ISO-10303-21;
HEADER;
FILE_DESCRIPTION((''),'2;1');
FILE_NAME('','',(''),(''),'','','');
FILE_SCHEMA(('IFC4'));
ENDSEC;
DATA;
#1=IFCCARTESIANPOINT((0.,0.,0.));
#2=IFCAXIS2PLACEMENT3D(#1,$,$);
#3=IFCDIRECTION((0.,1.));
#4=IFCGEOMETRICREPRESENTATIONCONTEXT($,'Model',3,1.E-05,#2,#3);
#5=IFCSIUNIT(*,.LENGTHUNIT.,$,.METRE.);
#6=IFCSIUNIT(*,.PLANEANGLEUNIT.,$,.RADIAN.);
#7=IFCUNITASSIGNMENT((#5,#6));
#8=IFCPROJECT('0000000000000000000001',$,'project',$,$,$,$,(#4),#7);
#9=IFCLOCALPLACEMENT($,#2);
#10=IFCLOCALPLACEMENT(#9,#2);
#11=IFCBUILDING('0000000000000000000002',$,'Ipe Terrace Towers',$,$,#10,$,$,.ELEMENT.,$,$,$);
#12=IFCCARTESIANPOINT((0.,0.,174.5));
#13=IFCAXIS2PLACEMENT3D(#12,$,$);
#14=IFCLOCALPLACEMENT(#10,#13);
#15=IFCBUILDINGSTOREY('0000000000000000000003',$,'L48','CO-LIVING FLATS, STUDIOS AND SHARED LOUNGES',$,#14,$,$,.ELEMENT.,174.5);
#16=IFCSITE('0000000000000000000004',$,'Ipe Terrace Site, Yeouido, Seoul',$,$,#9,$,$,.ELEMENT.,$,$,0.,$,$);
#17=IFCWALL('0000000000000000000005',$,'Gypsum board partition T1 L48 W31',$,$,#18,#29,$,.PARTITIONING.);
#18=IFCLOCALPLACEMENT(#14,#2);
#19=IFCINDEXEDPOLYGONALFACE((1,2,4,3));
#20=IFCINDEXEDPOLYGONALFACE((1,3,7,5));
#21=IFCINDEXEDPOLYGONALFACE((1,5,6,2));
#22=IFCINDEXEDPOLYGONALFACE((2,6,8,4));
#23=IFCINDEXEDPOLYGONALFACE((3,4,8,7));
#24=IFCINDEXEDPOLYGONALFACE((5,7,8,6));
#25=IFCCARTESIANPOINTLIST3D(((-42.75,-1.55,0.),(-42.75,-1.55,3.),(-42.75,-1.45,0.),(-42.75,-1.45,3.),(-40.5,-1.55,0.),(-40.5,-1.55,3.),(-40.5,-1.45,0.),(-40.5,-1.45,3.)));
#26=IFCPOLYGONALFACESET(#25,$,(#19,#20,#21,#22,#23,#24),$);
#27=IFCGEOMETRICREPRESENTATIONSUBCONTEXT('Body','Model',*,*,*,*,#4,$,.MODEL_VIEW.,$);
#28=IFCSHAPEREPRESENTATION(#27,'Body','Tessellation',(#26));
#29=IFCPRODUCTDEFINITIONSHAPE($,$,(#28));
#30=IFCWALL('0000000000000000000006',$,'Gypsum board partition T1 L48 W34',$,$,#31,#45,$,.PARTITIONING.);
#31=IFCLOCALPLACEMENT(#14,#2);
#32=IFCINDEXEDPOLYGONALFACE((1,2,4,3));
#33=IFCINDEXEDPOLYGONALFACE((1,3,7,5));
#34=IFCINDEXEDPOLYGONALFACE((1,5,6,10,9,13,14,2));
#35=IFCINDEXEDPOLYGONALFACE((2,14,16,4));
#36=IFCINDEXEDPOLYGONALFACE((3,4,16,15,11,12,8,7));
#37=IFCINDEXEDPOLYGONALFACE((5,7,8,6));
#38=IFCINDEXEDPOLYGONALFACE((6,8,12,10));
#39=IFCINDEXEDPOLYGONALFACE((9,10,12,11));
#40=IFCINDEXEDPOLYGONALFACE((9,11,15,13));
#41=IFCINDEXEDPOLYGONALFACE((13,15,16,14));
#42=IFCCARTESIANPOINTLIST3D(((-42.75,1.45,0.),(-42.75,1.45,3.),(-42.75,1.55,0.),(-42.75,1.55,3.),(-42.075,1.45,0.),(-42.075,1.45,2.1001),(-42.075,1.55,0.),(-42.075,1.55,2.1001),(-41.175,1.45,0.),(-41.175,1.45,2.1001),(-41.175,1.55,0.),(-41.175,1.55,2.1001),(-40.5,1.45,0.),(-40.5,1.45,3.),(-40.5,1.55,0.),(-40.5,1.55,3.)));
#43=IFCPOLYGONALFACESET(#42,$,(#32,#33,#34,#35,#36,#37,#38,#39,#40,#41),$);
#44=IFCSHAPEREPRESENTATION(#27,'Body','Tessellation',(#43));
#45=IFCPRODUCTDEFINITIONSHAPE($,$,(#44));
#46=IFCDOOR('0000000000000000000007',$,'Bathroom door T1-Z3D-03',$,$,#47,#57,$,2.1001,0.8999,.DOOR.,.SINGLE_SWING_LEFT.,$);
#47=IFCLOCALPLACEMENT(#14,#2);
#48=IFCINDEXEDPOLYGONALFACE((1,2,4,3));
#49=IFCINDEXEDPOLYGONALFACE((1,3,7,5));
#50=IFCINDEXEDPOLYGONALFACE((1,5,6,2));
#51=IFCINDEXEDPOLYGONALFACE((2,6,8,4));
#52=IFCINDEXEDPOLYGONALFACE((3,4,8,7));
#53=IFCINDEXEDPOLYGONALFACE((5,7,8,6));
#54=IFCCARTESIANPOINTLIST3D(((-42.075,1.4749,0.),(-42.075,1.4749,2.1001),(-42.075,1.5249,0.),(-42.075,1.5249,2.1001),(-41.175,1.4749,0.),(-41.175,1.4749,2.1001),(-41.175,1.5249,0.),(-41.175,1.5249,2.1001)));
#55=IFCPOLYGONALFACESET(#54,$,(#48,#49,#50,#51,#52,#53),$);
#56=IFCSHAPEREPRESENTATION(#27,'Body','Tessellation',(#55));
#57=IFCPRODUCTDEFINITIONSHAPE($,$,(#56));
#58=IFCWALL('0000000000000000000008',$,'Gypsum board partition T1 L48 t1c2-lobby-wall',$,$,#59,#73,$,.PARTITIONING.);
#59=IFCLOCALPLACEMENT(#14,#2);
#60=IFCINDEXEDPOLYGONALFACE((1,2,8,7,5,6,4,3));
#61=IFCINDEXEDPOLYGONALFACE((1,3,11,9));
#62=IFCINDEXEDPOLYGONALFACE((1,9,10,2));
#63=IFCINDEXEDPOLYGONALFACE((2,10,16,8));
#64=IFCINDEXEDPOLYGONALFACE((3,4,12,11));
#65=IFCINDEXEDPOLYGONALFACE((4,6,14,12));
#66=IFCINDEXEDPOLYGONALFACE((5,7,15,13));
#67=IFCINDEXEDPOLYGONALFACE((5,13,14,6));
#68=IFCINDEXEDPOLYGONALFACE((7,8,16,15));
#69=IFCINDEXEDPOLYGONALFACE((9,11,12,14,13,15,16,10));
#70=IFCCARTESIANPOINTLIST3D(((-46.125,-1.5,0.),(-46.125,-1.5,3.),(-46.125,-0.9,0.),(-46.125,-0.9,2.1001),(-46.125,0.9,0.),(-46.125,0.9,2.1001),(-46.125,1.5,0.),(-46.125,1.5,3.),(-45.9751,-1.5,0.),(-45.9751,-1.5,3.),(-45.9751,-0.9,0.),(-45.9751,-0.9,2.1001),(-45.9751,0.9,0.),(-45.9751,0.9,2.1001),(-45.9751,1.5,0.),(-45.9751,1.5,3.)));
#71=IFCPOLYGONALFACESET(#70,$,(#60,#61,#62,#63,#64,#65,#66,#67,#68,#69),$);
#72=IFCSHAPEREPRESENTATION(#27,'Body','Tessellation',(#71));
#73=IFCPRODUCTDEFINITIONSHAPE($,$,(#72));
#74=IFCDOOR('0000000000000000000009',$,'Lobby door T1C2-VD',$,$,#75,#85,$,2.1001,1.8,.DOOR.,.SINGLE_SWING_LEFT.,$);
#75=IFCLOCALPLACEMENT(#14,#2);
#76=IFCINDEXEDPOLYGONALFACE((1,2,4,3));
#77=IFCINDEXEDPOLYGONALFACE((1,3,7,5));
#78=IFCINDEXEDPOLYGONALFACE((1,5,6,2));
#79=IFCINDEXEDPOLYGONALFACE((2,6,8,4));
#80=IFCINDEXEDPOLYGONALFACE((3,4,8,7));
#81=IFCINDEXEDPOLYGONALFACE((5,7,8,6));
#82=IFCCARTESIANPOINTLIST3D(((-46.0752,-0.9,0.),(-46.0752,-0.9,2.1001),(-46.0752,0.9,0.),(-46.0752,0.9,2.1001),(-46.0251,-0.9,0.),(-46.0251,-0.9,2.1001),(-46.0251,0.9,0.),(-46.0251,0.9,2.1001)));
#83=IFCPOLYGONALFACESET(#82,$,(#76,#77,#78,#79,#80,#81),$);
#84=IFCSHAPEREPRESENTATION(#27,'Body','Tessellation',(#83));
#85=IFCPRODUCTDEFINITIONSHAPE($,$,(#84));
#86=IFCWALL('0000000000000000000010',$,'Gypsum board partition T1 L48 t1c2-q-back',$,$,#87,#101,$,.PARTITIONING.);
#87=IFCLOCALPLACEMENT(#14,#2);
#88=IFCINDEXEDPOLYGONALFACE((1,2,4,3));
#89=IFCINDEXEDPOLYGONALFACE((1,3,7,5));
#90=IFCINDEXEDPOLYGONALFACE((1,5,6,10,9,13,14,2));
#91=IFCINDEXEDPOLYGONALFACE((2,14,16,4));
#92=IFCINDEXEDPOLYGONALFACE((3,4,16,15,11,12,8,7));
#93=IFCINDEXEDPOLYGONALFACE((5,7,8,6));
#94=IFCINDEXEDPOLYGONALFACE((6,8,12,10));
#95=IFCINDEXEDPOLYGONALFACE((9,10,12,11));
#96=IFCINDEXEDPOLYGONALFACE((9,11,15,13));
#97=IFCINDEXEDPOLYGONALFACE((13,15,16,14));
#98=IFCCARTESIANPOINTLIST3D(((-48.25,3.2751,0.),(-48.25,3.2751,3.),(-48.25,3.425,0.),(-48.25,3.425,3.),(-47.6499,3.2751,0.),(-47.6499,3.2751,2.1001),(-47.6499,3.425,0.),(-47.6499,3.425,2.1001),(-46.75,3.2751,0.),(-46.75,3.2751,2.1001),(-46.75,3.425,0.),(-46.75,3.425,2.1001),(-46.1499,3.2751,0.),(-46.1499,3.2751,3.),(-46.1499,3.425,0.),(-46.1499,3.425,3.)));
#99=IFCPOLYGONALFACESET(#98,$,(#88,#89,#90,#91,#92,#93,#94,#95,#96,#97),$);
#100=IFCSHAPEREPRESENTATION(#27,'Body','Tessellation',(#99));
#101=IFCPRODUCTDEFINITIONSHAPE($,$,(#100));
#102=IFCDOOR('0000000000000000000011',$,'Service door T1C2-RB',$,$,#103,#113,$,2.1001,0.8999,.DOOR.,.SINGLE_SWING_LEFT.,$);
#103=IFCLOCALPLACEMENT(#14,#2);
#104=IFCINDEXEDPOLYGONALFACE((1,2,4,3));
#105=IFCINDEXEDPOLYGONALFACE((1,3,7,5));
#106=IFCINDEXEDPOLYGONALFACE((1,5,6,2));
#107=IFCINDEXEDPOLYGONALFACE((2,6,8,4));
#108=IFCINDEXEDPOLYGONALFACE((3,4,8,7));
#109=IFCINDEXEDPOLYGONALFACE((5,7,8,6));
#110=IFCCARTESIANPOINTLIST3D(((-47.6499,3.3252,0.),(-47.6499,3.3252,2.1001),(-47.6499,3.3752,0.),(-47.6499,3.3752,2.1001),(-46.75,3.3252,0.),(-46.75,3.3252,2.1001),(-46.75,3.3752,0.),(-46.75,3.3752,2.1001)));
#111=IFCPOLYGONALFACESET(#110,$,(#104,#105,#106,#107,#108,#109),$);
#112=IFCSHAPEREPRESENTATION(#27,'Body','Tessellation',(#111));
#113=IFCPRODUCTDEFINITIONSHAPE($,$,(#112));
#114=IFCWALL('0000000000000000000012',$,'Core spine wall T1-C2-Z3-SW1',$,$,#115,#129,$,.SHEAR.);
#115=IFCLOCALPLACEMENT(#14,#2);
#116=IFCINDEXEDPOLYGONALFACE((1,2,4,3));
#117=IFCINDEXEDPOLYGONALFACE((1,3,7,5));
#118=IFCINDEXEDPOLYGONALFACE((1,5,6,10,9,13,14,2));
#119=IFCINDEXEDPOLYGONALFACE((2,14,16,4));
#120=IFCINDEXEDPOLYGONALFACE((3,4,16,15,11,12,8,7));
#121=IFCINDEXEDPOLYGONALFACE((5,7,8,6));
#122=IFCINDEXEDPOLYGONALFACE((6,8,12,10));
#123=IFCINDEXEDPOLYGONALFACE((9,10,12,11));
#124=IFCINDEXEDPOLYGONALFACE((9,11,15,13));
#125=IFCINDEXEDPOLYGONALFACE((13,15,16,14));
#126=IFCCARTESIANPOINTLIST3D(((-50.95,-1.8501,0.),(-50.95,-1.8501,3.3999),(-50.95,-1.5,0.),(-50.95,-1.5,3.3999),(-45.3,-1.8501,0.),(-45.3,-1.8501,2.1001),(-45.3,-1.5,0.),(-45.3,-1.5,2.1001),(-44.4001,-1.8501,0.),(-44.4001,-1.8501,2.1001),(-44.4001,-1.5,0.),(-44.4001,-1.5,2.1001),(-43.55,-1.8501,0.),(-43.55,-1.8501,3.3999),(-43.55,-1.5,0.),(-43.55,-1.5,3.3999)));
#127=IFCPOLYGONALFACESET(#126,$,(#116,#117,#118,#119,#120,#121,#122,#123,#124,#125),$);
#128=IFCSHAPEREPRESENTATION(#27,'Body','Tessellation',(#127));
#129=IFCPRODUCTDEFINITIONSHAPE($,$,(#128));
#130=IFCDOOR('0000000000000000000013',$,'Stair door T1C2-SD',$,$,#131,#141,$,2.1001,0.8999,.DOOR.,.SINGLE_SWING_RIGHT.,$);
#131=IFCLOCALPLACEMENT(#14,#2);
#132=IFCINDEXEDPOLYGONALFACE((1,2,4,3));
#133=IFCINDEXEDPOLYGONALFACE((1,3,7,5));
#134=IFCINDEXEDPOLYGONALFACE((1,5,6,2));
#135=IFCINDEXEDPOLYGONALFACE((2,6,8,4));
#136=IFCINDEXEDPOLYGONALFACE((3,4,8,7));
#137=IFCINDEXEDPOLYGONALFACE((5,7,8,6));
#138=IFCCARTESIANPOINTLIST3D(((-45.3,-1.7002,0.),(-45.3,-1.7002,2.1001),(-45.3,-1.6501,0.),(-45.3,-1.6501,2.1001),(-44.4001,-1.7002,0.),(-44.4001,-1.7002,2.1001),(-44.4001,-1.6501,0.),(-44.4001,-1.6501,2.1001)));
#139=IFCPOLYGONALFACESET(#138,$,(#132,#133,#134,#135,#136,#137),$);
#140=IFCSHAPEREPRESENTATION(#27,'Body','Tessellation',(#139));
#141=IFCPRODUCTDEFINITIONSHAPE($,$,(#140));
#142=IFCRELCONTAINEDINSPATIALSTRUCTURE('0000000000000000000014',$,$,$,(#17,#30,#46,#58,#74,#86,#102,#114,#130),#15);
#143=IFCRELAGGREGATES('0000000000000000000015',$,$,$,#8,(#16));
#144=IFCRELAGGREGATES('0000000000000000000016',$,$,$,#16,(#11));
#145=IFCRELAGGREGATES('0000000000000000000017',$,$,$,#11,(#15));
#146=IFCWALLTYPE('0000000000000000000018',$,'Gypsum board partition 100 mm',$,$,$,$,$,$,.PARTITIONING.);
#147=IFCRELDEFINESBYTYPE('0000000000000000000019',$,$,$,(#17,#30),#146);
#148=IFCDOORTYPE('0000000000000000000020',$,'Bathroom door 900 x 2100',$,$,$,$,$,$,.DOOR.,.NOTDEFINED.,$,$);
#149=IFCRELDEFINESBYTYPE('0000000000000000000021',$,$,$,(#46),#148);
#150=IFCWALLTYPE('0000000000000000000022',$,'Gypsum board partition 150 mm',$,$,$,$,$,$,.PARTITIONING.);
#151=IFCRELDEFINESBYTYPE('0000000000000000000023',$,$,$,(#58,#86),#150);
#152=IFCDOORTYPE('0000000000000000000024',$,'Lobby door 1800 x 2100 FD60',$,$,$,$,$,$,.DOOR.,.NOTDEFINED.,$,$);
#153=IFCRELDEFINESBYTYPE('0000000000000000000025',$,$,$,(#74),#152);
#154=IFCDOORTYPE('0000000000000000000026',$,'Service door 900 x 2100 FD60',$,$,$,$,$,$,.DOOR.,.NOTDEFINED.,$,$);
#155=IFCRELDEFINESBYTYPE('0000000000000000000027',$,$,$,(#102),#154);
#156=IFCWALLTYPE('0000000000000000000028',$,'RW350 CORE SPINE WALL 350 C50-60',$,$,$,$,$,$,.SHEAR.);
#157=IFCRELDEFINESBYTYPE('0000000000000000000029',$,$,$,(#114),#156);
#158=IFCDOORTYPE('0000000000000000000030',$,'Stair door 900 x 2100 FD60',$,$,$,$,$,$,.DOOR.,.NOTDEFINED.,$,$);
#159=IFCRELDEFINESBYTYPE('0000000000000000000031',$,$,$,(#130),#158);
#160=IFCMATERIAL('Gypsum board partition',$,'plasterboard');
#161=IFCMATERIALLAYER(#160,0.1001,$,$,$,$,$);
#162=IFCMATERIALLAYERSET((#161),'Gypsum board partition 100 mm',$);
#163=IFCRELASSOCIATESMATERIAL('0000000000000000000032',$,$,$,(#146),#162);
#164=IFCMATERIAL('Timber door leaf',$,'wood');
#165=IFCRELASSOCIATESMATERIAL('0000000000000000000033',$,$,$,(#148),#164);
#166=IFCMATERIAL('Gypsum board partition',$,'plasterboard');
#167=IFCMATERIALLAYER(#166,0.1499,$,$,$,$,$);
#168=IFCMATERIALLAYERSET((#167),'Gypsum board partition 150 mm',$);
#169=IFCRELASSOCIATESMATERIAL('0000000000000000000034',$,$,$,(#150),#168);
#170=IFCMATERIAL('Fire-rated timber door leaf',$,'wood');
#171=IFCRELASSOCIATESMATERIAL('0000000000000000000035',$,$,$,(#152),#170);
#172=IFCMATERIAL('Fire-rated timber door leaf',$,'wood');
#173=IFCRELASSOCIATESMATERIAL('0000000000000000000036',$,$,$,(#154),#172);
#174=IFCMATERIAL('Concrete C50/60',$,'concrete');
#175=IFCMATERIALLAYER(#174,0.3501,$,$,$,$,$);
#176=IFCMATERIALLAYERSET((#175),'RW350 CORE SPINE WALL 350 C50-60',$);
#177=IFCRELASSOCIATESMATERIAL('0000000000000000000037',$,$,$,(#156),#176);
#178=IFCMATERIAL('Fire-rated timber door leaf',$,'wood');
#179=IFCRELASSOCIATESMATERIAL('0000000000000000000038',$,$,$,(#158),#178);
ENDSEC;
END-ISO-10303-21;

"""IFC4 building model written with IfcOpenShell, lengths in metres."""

from ifc_helpers import new_model, si_unit, direction, frame, frame_2d, origin, place, context, subcontext, project, spatial, rectangle, extrude, material, layer, layer_set, type_object, element, fill, save


model = new_model("IFC4")

# Units and contexts
model_context = context("Model", 3, precision=1e-05, world=origin(), true_north=direction((0.0, 1.0)))
body_context = subcontext(model_context, "Body", "Model", "MODEL_VIEW")
ifc_project = project(units=[si_unit("LENGTHUNIT", "METRE"), si_unit("PLANEANGLEUNIT", "RADIAN")], contexts=[model_context])

# Site, building, storey
site_placement = place(None, origin())
site = spatial("IfcSite", under=ifc_project, at=site_placement, Name="Ipe Terrace Site, Yeouido, Seoul", CompositionType="ELEMENT", RefElevation=0.0)
building_placement = place(site_placement, origin())
building = spatial("IfcBuilding", under=site, at=building_placement, Name="Ipe Terrace Towers", CompositionType="ELEMENT")
storey_placement = place(building_placement, frame((0.0, 0.0, 174.5)))
storey = spatial("IfcBuildingStorey", under=building, at=storey_placement, Name="L48", Description="CO-LIVING FLATS, STUDIOS AND SHARED LOUNGES", CompositionType="ELEMENT", Elevation=174.5)

# Wall
ifc_material_1 = material(Name="Gypsum board partition", Category="plasterboard")
ifc_layer_1 = layer(ifc_material_1, 0.1001)
ifc_layer_set_1 = layer_set([ifc_layer_1], Name="Gypsum board partition 100 mm")
wall_type_1 = type_object("IfcWallType", Name="Gypsum board partition 100 mm", PredefinedType="PARTITIONING", material=ifc_layer_set_1)
wall_1_placement = place(storey_placement, frame((-42.75, -1.5, 0.0), z_axis=(0.0, 0.0, 1.0), x_axis=(1.0, 0.0, 0.0)))
element("IfcWall", 1, at=wall_1_placement, inside=storey, type_object=wall_type_1, Name="Gypsum board partition T1 L48 W31", PredefinedType="PARTITIONING", context=body_context, shape_type="SweptSolid", body=[
    extrude(rectangle(XDim=2.25, YDim=0.1001, at=frame_2d((1.125, 0.0))), origin(), (0.0, 0.0, 1.0), 3.0),
])

# Walls, openings, doors
wall_2_placement = place(storey_placement, frame((-42.75, 1.5, 0.0), z_axis=(0.0, 0.0, 1.0), x_axis=(1.0, 0.0, 0.0)))
wall_2 = element("IfcWall", 2, at=wall_2_placement, inside=storey, type_object=wall_type_1, Name="Gypsum board partition T1 L48 W34", PredefinedType="PARTITIONING", context=body_context, shape_type="SweptSolid", body=[
    extrude(rectangle(XDim=2.25, YDim=0.1001, at=frame_2d((1.125, 0.0))), origin(), (0.0, 0.0, 1.0), 3.0),
])
opening_1_placement = place(wall_2_placement, frame((0.675, 0.0, 0.0)))
opening_1 = element("IfcOpeningElement", 3, at=opening_1_placement, cuts=wall_2, PredefinedType="OPENING", context=body_context, shape_type="SweptSolid", body=[
    extrude(rectangle(XDim=0.8999, YDim=2.1001, at=frame_2d((0.45, 1.05))), frame((0.0, 0.0601, 0.0), z_axis=(0.0, -1.0, 0.0), x_axis=(1.0, 0.0, 0.0)), (0.0, 0.0, 1.0), 0.1201),
])
ifc_material_2 = material(Name="Timber door leaf", Category="wood")
door_type_1 = type_object("IfcDoorType", Name="Bathroom door 900 x 2100", OperationType="NOTDEFINED", PredefinedType="DOOR", material=ifc_material_2)
door_1_placement = place(opening_1_placement, origin())
door_1 = element("IfcDoor", 4, at=door_1_placement, inside=storey, type_object=door_type_1, Name="Bathroom door T1-Z3D-03", OperationType="SINGLE_SWING_LEFT", OverallHeight=2.1001, OverallWidth=0.8999, PredefinedType="DOOR", context=body_context, shape_type="SweptSolid", body=[
    extrude(rectangle(XDim=0.8999, YDim=2.1001, at=frame_2d((0.45, 1.05))), frame((0.0, 0.0249, 0.0), z_axis=(0.0, -1.0, 0.0), x_axis=(1.0, 0.0, 0.0)), (0.0, 0.0, 1.0), 0.05),
])
fill(opening_1, door_1)
ifc_material_3 = material(Name="Gypsum board partition", Category="plasterboard")
ifc_layer_2 = layer(ifc_material_3, 0.1499)
ifc_layer_set_2 = layer_set([ifc_layer_2], Name="Gypsum board partition 150 mm")
wall_type_2 = type_object("IfcWallType", Name="Gypsum board partition 150 mm", PredefinedType="PARTITIONING", material=ifc_layer_set_2)
wall_3_placement = place(storey_placement, frame((-46.05, 1.5, 0.0), z_axis=(0.0, 0.0, 1.0), x_axis=(0.0, -1.0, 0.0)))
wall_3 = element("IfcWall", 5, at=wall_3_placement, inside=storey, type_object=wall_type_2, Name="Gypsum board partition T1 L48 t1c2-lobby-wall", PredefinedType="PARTITIONING", context=body_context, shape_type="SweptSolid", body=[
    extrude(rectangle(XDim=3.0, YDim=0.1499, at=frame_2d((1.5, 0.0))), origin(), (0.0, 0.0, 1.0), 3.0),
])
opening_2_placement = place(wall_3_placement, frame((0.6001, 0.0, 0.0)))
opening_2 = element("IfcOpeningElement", 6, at=opening_2_placement, cuts=wall_3, PredefinedType="OPENING", context=body_context, shape_type="SweptSolid", body=[
    extrude(rectangle(XDim=1.8, YDim=2.1001, at=frame_2d((0.8999, 1.05))), frame((0.0, 0.085, 0.0), z_axis=(0.0, -1.0, 0.0), x_axis=(1.0, 0.0, 0.0)), (0.0, 0.0, 1.0), 0.1699),
])
ifc_material_4 = material(Name="Fire-rated timber door leaf", Category="wood")
door_type_2 = type_object("IfcDoorType", Name="Lobby door 1800 x 2100 FD60", OperationType="NOTDEFINED", PredefinedType="DOOR", material=ifc_material_4)
door_2_placement = place(opening_2_placement, origin())
door_2 = element("IfcDoor", 7, at=door_2_placement, inside=storey, type_object=door_type_2, Name="Lobby door T1C2-VD", OperationType="SINGLE_SWING_LEFT", OverallHeight=2.1001, OverallWidth=1.8, PredefinedType="DOOR", context=body_context, shape_type="SweptSolid", body=[
    extrude(rectangle(XDim=1.8, YDim=2.1001, at=frame_2d((0.8999, 1.05))), frame((0.0, 0.0249, 0.0), z_axis=(0.0, -1.0, 0.0), x_axis=(1.0, 0.0, 0.0)), (0.0, 0.0, 1.0), 0.05),
])
fill(opening_2, door_2)
wall_4_placement = place(storey_placement, frame((-46.1499, 3.3501, 0.0), z_axis=(0.0, 0.0, 1.0), x_axis=(-1.0, 0.0, 0.0)))
wall_4 = element("IfcWall", 8, at=wall_4_placement, inside=storey, type_object=wall_type_2, Name="Gypsum board partition T1 L48 t1c2-q-back", PredefinedType="PARTITIONING", context=body_context, shape_type="SweptSolid", body=[
    extrude(rectangle(XDim=2.1001, YDim=0.1499, at=frame_2d((1.05, 0.0))), origin(), (0.0, 0.0, 1.0), 3.0),
])
opening_3_placement = place(wall_4_placement, frame((0.6001, 0.0, 0.0)))
opening_3 = element("IfcOpeningElement", 9, at=opening_3_placement, cuts=wall_4, PredefinedType="OPENING", context=body_context, shape_type="SweptSolid", body=[
    extrude(rectangle(XDim=0.8999, YDim=2.1001, at=frame_2d((0.45, 1.05))), frame((0.0, 0.085, 0.0), z_axis=(0.0, -1.0, 0.0), x_axis=(1.0, 0.0, 0.0)), (0.0, 0.0, 1.0), 0.1699),
])
ifc_material_5 = material(Name="Fire-rated timber door leaf", Category="wood")
door_type_3 = type_object("IfcDoorType", Name="Service door 900 x 2100 FD60", OperationType="NOTDEFINED", PredefinedType="DOOR", material=ifc_material_5)
door_3_placement = place(opening_3_placement, origin())
door_3 = element("IfcDoor", 10, at=door_3_placement, inside=storey, type_object=door_type_3, Name="Service door T1C2-RB", OperationType="SINGLE_SWING_LEFT", OverallHeight=2.1001, OverallWidth=0.8999, PredefinedType="DOOR", context=body_context, shape_type="SweptSolid", body=[
    extrude(rectangle(XDim=0.8999, YDim=2.1001, at=frame_2d((0.45, 1.05))), frame((0.0, 0.0249, 0.0), z_axis=(0.0, -1.0, 0.0), x_axis=(1.0, 0.0, 0.0)), (0.0, 0.0, 1.0), 0.05),
])
fill(opening_3, door_3)
ifc_material_6 = material(Name="Concrete C50/60", Category="concrete")
ifc_layer_3 = layer(ifc_material_6, 0.3501)
ifc_layer_set_3 = layer_set([ifc_layer_3], Name="RW350 CORE SPINE WALL 350 C50-60")
wall_type_3 = type_object("IfcWallType", Name="RW350 CORE SPINE WALL 350 C50-60", PredefinedType="SHEAR", material=ifc_layer_set_3)
wall_5_placement = place(storey_placement, frame((-50.95, -1.675, 0.0), z_axis=(0.0, 0.0, 1.0), x_axis=(1.0, 0.0, 0.0)))
wall_5 = element("IfcWall", 11, at=wall_5_placement, inside=storey, type_object=wall_type_3, Name="Core spine wall T1-C2-Z3-SW1", PredefinedType="SHEAR", context=body_context, shape_type="SweptSolid", body=[
    extrude(rectangle(XDim=7.3999, YDim=0.3501, at=frame_2d((3.7, 0.0))), origin(), (0.0, 0.0, 1.0), 3.3999),
])
opening_4_placement = place(wall_5_placement, frame((5.6499, 0.0, 0.0)))
opening_4 = element("IfcOpeningElement", 12, at=opening_4_placement, cuts=wall_5, PredefinedType="OPENING", context=body_context, shape_type="SweptSolid", body=[
    extrude(rectangle(XDim=0.8999, YDim=2.1001, at=frame_2d((0.45, 1.05))), frame((0.0, 0.1851, 0.0), z_axis=(0.0, -1.0, 0.0), x_axis=(1.0, 0.0, 0.0)), (0.0, 0.0, 1.0), 0.3701),
])
ifc_material_7 = material(Name="Fire-rated timber door leaf", Category="wood")
door_type_4 = type_object("IfcDoorType", Name="Stair door 900 x 2100 FD60", OperationType="NOTDEFINED", PredefinedType="DOOR", material=ifc_material_7)
door_4_placement = place(opening_4_placement, origin())
door_4 = element("IfcDoor", 13, at=door_4_placement, inside=storey, type_object=door_type_4, Name="Stair door T1C2-SD", OperationType="SINGLE_SWING_RIGHT", OverallHeight=2.1001, OverallWidth=0.8999, PredefinedType="DOOR", context=body_context, shape_type="SweptSolid", body=[
    extrude(rectangle(XDim=0.8999, YDim=2.1001, at=frame_2d((0.45, 1.05))), frame((0.0, 0.0249, 0.0), z_axis=(0.0, -1.0, 0.0), x_axis=(1.0, 0.0, 0.0)), (0.0, 0.0, 1.0), 0.05),
])
fill(opening_4, door_4)

save(model, "model.ifc")
